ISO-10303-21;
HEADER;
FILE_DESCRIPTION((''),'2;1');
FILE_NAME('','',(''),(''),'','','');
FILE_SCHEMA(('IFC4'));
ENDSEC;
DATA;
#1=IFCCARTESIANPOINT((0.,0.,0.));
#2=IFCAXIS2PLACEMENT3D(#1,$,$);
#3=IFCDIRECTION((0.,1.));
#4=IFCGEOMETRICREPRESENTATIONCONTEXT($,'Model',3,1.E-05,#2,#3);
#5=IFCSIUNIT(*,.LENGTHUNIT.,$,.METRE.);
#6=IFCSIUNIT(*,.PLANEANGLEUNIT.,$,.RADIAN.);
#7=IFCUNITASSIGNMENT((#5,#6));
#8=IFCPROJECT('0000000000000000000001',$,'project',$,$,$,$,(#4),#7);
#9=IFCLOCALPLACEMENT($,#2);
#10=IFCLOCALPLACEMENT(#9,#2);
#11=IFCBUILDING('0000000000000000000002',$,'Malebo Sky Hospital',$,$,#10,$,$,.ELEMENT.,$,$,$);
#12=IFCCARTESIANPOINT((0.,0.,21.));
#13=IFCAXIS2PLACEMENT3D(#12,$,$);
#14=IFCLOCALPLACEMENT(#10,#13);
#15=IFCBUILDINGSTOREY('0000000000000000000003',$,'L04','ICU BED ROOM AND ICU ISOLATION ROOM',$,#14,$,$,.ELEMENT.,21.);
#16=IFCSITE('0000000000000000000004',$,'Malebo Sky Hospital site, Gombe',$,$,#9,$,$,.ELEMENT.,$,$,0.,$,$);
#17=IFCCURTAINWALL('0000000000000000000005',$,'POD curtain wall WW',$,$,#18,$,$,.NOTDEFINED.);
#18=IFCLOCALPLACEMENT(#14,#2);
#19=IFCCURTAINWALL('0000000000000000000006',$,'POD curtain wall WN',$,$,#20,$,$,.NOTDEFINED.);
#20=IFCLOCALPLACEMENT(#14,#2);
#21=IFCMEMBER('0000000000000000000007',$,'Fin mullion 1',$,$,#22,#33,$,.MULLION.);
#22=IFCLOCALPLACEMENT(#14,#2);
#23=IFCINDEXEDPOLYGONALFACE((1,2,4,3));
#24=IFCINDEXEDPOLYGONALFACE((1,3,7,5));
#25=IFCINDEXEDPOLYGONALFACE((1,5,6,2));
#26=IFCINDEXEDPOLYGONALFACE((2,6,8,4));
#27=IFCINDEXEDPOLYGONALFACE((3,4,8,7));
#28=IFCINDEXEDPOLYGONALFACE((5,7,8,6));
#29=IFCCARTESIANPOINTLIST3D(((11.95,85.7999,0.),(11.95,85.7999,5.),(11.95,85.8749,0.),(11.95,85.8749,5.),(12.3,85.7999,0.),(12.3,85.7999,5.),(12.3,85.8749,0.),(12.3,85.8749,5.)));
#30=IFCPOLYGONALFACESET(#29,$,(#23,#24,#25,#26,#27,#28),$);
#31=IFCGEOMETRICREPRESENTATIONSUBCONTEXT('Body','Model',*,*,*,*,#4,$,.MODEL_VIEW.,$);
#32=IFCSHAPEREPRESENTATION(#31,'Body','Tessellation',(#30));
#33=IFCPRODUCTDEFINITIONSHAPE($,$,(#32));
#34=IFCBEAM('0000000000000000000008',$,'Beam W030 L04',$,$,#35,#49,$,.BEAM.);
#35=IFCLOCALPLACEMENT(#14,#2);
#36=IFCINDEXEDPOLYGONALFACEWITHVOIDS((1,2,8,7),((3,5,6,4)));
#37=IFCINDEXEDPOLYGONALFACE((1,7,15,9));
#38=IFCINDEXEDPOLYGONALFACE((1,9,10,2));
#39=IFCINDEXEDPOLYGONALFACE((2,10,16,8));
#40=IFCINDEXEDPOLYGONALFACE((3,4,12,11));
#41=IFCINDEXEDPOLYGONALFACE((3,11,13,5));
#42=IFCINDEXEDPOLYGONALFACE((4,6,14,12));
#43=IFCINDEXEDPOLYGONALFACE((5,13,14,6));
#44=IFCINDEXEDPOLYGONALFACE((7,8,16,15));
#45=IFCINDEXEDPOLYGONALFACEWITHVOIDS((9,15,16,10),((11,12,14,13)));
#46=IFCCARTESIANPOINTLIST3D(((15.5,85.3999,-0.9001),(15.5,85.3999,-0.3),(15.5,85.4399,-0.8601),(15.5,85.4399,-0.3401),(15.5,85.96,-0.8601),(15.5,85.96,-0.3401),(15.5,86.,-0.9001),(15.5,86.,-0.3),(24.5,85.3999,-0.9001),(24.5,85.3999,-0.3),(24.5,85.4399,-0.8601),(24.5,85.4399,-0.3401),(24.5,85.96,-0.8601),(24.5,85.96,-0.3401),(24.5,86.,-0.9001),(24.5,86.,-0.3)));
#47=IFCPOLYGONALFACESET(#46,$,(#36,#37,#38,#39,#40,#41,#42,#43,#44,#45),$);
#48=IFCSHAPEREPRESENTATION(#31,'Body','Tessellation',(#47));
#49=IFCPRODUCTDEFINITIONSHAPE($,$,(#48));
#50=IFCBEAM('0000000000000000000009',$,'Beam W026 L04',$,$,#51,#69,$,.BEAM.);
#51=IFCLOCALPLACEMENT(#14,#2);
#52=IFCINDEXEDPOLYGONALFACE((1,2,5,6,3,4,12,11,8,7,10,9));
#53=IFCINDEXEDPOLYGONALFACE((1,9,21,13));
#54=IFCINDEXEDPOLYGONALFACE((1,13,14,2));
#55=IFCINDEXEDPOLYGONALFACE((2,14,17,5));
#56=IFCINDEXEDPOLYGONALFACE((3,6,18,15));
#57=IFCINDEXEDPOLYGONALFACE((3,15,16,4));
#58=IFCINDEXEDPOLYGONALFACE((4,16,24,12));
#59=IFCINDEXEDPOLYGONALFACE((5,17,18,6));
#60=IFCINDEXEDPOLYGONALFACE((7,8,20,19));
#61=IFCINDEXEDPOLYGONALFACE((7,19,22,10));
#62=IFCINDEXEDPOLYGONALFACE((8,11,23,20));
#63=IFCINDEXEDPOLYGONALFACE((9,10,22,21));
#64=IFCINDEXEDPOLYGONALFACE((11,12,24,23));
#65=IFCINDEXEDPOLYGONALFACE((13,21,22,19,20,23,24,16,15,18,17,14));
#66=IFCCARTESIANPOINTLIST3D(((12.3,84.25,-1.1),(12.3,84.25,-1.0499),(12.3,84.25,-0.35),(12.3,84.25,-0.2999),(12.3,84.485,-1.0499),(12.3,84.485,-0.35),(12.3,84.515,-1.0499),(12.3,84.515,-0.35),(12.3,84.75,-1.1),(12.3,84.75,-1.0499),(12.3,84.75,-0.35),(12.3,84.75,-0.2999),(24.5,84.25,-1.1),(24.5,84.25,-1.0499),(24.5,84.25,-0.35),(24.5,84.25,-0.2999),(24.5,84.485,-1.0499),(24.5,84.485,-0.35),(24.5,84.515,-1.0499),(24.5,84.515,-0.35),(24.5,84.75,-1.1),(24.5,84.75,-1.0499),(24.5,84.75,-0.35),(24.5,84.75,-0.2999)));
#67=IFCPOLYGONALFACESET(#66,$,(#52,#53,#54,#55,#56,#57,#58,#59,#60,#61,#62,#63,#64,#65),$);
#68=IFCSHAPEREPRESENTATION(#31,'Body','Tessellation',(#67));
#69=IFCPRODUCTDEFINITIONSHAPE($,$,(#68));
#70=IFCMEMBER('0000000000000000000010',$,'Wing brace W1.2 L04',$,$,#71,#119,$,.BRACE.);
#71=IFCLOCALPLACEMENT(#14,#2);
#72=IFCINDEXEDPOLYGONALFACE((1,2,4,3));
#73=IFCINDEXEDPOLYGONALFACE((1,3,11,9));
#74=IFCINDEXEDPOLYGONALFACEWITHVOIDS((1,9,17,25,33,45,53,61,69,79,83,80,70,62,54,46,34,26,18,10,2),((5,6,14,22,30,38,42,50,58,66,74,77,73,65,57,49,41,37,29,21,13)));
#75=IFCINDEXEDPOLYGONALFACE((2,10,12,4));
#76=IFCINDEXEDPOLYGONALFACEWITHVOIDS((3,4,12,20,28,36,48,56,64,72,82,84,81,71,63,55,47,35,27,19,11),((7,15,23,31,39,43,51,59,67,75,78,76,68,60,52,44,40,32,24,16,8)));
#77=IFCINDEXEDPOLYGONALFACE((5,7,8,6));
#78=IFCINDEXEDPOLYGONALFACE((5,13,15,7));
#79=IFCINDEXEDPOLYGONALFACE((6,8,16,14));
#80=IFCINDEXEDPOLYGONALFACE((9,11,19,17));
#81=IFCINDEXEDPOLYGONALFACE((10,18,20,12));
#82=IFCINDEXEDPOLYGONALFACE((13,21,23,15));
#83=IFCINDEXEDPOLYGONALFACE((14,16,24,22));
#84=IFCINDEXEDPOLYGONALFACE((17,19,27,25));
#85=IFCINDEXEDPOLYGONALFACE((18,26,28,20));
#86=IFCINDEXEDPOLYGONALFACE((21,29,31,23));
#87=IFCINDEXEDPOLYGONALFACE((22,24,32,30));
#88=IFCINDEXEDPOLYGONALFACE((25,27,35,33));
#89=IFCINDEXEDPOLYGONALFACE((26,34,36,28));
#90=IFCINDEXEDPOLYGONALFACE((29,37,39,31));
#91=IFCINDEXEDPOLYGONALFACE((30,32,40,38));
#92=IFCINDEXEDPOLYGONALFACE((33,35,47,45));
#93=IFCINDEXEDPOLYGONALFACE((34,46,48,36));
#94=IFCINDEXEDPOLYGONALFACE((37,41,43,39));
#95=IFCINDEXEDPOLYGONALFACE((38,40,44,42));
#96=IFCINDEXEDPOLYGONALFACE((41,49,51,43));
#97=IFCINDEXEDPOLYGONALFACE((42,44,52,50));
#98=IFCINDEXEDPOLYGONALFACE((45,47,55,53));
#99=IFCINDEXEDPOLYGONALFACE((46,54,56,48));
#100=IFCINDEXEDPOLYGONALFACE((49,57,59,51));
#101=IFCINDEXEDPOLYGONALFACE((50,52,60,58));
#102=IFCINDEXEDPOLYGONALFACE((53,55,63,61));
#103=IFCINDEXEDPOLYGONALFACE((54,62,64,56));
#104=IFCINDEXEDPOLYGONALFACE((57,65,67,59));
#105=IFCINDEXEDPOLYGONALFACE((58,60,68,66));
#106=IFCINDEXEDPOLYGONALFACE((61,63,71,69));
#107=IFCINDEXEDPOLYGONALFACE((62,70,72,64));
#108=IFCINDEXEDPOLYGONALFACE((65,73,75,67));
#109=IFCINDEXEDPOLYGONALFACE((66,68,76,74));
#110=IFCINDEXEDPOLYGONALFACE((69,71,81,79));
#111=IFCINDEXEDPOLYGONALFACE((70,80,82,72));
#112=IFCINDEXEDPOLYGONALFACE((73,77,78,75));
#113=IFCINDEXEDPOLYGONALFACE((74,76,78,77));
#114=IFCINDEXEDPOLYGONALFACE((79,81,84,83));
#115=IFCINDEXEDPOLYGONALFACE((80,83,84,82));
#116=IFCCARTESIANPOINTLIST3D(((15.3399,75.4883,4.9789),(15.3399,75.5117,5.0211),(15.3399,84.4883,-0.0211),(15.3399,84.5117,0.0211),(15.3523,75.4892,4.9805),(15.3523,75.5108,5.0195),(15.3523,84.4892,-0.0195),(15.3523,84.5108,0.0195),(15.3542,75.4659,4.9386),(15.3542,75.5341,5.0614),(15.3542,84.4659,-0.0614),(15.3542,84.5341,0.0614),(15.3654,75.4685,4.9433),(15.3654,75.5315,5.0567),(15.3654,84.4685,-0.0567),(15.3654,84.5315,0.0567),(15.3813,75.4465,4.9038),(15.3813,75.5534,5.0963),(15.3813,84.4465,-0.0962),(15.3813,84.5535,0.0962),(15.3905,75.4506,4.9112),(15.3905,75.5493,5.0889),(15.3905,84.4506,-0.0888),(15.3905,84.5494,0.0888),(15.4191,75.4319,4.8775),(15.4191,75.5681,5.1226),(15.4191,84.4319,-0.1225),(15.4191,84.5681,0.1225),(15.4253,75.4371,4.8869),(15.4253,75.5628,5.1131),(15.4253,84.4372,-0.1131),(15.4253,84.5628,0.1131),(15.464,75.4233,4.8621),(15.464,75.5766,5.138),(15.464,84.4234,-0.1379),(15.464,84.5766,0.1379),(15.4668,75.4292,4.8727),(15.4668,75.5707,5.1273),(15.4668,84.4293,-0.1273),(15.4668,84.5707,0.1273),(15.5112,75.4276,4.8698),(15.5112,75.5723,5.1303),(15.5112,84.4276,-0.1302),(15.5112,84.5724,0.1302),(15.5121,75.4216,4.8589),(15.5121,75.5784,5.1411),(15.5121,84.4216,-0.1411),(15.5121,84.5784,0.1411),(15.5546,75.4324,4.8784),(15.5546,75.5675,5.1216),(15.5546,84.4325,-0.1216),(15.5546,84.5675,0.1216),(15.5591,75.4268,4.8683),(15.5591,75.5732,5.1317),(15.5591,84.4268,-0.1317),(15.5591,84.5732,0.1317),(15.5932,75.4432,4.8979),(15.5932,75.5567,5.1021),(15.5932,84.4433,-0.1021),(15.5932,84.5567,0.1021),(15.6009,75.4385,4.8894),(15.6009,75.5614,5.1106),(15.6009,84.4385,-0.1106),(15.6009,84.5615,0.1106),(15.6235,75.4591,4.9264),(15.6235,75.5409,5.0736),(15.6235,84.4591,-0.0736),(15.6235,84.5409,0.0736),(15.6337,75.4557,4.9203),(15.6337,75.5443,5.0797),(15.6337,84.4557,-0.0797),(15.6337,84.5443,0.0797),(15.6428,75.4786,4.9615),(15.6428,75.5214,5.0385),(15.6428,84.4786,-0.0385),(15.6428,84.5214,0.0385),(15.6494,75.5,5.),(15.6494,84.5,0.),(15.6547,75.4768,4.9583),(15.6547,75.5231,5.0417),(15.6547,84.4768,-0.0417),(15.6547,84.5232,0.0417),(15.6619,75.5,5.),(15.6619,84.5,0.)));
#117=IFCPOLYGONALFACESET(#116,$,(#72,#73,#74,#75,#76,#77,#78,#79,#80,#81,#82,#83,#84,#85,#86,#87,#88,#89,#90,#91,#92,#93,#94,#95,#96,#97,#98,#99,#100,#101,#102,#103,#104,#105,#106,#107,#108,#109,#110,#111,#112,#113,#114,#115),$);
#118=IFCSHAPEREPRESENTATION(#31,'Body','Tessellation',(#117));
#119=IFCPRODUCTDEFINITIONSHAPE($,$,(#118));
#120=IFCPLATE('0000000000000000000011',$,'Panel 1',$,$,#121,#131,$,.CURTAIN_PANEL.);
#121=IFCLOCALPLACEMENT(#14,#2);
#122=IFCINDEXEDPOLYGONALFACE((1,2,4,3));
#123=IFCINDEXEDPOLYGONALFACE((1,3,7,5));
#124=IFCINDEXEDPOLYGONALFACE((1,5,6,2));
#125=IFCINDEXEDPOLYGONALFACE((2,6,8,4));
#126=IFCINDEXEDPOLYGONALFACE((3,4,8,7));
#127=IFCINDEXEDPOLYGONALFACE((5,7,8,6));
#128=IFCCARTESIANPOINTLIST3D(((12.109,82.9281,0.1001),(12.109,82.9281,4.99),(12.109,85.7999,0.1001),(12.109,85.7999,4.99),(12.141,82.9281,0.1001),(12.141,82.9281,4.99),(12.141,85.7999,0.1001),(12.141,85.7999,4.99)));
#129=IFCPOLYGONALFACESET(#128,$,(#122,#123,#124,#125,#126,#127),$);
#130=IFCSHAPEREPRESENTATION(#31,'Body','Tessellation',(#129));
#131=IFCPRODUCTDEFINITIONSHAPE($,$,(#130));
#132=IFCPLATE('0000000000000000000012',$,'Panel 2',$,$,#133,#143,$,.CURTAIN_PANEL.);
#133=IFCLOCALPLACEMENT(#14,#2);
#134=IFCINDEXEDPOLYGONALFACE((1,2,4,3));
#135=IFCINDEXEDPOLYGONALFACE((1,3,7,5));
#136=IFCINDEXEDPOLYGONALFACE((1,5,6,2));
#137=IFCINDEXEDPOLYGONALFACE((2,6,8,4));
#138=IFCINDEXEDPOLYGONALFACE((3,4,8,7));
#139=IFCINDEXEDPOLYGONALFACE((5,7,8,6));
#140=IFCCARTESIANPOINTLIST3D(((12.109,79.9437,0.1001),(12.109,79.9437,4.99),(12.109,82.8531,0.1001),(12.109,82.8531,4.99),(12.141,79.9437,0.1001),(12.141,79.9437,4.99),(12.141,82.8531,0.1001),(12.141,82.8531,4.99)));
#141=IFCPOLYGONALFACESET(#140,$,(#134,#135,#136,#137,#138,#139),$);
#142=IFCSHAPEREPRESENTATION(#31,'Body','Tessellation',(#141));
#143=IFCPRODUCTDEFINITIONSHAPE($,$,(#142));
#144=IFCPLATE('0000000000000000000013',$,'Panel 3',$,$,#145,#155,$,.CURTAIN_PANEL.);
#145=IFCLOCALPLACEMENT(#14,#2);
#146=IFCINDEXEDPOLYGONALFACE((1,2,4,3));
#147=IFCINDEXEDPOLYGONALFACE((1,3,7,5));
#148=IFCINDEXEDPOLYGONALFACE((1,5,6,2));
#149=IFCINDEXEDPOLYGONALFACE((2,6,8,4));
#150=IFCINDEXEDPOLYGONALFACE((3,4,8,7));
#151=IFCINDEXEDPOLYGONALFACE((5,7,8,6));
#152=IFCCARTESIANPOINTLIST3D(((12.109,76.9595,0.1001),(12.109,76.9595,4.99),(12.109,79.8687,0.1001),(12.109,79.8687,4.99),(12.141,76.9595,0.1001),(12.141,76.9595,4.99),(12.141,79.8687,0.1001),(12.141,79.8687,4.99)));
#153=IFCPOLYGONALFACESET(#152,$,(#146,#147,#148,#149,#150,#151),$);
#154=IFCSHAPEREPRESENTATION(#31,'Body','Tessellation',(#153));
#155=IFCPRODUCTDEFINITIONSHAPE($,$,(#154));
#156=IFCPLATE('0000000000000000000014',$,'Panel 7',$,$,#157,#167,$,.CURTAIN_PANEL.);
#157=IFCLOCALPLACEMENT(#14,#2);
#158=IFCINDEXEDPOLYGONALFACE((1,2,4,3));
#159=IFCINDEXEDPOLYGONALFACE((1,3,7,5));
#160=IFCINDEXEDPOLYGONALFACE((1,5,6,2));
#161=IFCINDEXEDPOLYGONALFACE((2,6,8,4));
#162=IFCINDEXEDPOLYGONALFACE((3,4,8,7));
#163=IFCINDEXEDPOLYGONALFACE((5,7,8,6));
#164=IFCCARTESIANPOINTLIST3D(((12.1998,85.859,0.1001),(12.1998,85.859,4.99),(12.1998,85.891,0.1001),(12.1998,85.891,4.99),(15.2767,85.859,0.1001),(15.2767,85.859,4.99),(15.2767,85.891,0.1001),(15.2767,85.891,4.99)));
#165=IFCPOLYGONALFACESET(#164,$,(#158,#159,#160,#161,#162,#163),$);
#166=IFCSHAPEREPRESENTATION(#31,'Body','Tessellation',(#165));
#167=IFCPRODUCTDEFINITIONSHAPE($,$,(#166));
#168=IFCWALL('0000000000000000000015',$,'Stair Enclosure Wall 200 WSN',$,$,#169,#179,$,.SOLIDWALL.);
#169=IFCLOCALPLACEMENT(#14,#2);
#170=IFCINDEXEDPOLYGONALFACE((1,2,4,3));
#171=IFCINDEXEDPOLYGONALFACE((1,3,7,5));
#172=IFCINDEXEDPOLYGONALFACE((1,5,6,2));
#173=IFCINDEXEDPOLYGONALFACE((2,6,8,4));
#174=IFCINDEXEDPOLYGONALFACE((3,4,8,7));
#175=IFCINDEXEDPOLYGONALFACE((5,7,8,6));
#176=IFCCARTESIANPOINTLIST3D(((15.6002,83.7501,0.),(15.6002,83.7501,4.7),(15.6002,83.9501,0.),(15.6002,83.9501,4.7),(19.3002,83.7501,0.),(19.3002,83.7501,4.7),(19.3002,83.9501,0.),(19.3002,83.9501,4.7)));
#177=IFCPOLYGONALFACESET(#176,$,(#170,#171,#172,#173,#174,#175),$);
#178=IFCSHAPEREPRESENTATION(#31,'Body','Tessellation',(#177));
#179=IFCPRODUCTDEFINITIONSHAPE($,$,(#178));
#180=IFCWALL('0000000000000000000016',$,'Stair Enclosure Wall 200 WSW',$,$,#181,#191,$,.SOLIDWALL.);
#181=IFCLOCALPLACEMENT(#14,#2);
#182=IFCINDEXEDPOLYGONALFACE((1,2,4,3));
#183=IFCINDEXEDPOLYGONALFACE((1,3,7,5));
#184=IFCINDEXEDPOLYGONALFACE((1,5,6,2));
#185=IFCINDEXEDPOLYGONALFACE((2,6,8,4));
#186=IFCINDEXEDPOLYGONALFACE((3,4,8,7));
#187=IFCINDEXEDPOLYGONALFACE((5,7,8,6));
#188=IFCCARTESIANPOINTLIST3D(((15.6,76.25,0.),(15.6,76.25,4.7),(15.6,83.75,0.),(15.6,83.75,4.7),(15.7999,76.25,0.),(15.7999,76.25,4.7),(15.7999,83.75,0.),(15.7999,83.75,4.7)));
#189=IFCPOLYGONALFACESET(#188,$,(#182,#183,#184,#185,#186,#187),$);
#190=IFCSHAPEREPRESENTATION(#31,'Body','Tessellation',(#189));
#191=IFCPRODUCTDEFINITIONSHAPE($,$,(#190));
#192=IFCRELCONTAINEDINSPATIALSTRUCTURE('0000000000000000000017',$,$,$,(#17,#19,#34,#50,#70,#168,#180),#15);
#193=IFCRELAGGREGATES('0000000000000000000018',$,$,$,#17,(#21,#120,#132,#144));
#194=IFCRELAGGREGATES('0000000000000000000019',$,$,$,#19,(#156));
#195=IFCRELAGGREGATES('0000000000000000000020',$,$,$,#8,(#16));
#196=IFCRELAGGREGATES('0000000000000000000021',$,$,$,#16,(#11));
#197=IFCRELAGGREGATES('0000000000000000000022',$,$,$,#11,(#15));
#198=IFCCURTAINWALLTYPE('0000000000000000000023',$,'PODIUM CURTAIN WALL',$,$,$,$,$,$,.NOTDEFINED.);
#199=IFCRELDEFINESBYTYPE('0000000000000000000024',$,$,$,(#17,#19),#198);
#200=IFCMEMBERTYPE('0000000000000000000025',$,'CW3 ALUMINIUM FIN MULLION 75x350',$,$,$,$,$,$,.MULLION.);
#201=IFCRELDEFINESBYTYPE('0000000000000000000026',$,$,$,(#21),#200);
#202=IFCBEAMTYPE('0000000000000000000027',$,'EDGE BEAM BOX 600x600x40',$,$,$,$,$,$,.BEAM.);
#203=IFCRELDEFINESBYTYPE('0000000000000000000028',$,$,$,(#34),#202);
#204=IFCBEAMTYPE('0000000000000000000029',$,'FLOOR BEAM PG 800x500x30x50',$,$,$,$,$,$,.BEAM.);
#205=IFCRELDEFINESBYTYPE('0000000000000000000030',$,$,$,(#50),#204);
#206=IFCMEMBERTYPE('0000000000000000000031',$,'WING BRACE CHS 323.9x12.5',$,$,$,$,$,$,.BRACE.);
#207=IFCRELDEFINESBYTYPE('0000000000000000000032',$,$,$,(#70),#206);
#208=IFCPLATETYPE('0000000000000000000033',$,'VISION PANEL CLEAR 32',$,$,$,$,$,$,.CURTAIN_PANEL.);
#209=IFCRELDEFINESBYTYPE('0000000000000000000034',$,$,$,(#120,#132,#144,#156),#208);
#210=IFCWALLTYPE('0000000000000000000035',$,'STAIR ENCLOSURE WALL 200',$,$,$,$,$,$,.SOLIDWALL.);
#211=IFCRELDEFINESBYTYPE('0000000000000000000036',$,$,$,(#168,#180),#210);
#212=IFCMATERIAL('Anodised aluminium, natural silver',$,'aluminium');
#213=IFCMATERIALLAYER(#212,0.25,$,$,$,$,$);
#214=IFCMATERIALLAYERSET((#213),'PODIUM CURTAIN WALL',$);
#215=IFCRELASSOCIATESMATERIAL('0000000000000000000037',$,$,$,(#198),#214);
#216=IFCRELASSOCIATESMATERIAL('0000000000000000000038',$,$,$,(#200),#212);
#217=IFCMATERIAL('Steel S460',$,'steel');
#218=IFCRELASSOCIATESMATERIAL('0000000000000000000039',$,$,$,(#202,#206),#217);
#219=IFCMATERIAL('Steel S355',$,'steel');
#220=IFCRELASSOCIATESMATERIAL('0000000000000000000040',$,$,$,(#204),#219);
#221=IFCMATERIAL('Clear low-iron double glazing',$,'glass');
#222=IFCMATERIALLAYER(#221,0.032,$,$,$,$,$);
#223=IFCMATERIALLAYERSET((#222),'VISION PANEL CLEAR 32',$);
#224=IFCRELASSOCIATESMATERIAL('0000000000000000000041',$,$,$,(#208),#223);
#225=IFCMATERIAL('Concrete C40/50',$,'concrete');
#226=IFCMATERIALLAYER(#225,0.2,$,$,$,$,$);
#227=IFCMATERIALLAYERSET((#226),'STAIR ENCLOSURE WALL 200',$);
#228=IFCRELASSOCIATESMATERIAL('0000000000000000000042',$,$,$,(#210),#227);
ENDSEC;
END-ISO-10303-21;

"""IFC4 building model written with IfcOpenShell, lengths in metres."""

from ifc_helpers import new_model, si_unit, direction, frame, frame_2d, origin, origin_2d, place, context, subcontext, project, spatial, rectangle, hollow_rectangle, hollow_circle, i_section, extrude, material, layer, layer_set, material_profile, profile_set, type_object, element, aggregate, save


model = new_model("IFC4")

# Units and contexts
model_context = context("Model", 3, precision=1e-05, world=origin(), true_north=direction((0.0, 1.0)))
body_context = subcontext(model_context, "Body", "Model", "MODEL_VIEW")
ifc_project = project(units=[si_unit("LENGTHUNIT", "METRE"), si_unit("PLANEANGLEUNIT", "RADIAN")], contexts=[model_context])

# Site, building, storey
site_placement = place(None, origin())
site = spatial("IfcSite", under=ifc_project, at=site_placement, Name="Malebo Sky Hospital site, Gombe", CompositionType="ELEMENT", RefElevation=0.0)
building_placement = place(site_placement, origin())
building = spatial("IfcBuilding", under=site, at=building_placement, Name="Malebo Sky Hospital", CompositionType="ELEMENT")
storey_placement = place(building_placement, frame((0.0, 0.0, 21.0)))
storey = spatial("IfcBuildingStorey", under=building, at=storey_placement, Name="L04", Description="ICU BED ROOM AND ICU ISOLATION ROOM", CompositionType="ELEMENT", Elevation=21.0)

# Shared definitions
ifc_material_1 = material(Name="Steel S355", Category="steel")

# Curtain wall
ifc_material_2 = material(Name="Anodised aluminium, natural silver", Category="aluminium")
ifc_layer_1 = layer(ifc_material_2, 0.25)
ifc_layer_set_1 = layer_set([ifc_layer_1], Name="PODIUM CURTAIN WALL")
curtain_wall_type = type_object("IfcCurtainWallType", Name="PODIUM CURTAIN WALL", PredefinedType="NOTDEFINED", material=ifc_layer_set_1)
curtain_wall_1_placement = place(storey_placement, origin())
curtain_wall_1 = element("IfcCurtainWall", 1, at=curtain_wall_1_placement, inside=storey, type_object=curtain_wall_type, Name="POD curtain wall WW", PredefinedType="NOTDEFINED")

# Curtain wall
curtain_wall_2_placement = place(storey_placement, origin())
curtain_wall_2 = element("IfcCurtainWall", 2, at=curtain_wall_2_placement, inside=storey, type_object=curtain_wall_type, Name="POD curtain wall WN", PredefinedType="NOTDEFINED")

# Member
ifc_material_profile_1 = material_profile(ifc_material_2, rectangle(XDim=0.075, YDim=0.3501, at=origin_2d()), Name="CW3 ALUMINIUM FIN MULLION 75x350")
ifc_profile_set_1 = profile_set([ifc_material_profile_1], Name="Anodised aluminium, natural silver")
member_type_1 = type_object("IfcMemberType", Name="CW3 ALUMINIUM FIN MULLION 75x350", PredefinedType="MULLION", material=ifc_profile_set_1)
member_1_placement = place(storey_placement, frame((12.125, 85.8374, 0.0), z_axis=(0.0, 0.0, 1.0), x_axis=(0.0, -1.0, 0.0)))
member_1 = element("IfcMember", 3, at=member_1_placement, type_object=member_type_1, Name="Fin mullion 1", PredefinedType="MULLION", context=body_context, shape_type="SweptSolid", body=[
    extrude(rectangle(XDim=0.075, YDim=0.3501, at=origin_2d()), origin(), (0.0, 0.0, 1.0), 5.0),
])

# Beams
ifc_material_3 = material(Name="Steel S460", Category="steel")
ifc_material_profile_2 = material_profile(ifc_material_3, hollow_rectangle(XDim=0.6001, YDim=0.6001, WallThickness=0.04, at=origin_2d()), Name="BOX 600x600x40")
ifc_profile_set_2 = profile_set([ifc_material_profile_2], Name="Steel S460")
beam_type_1 = type_object("IfcBeamType", Name="EDGE BEAM BOX 600x600x40", PredefinedType="BEAM", material=ifc_profile_set_2)
beam_1_placement = place(storey_placement, frame((15.5, 85.7, -0.6001), z_axis=(1.0, 0.0, 0.0), x_axis=(0.0, 1.0, 0.0)))
element("IfcBeam", 4, at=beam_1_placement, inside=storey, type_object=beam_type_1, Name="Beam W030 L04", PredefinedType="BEAM", context=body_context, shape_type="SweptSolid", body=[
    extrude(hollow_rectangle(XDim=0.6001, YDim=0.6001, WallThickness=0.04, at=origin_2d()), origin(), (0.0, 0.0, 1.0), 9.0),
])
ifc_material_profile_3 = material_profile(ifc_material_1, i_section(OverallWidth=0.5, OverallDepth=0.8, WebThickness=0.03, FlangeThickness=0.05, at=origin_2d()), Name="PG 800x500x30x50")
ifc_profile_set_3 = profile_set([ifc_material_profile_3], Name="Steel S355")
beam_type_2 = type_object("IfcBeamType", Name="FLOOR BEAM PG 800x500x30x50", PredefinedType="BEAM", material=ifc_profile_set_3)
beam_2_placement = place(storey_placement, frame((12.3, 84.5, -0.7), z_axis=(1.0, 0.0, 0.0), x_axis=(0.0, 1.0, 0.0)))
element("IfcBeam", 5, at=beam_2_placement, inside=storey, type_object=beam_type_2, Name="Beam W026 L04", PredefinedType="BEAM", context=body_context, shape_type="SweptSolid", body=[
    extrude(i_section(OverallWidth=0.5, OverallDepth=0.8, WebThickness=0.03, FlangeThickness=0.05, at=origin_2d()), origin(), (0.0, 0.0, 1.0), 12.2),
])

# Member
ifc_material_profile_4 = material_profile(ifc_material_3, hollow_circle(Radius=0.1619, WallThickness=0.0125, at=origin_2d()), Name="CHS 323.9x12.5")
ifc_profile_set_4 = profile_set([ifc_material_profile_4], Name="Steel S460")
member_type_2 = type_object("IfcMemberType", Name="WING BRACE CHS 323.9x12.5", PredefinedType="BRACE", material=ifc_profile_set_4)
member_2_placement = place(storey_placement, frame((15.5, 84.5, 0.0), z_axis=(0.0, -0.874157, 0.485643), x_axis=(1.0, 0.0, 0.0)))
element("IfcMember", 6, at=member_2_placement, inside=storey, type_object=member_type_2, Name="Wing brace W1.2 L04", PredefinedType="BRACE", context=body_context, shape_type="SweptSolid", body=[
    extrude(hollow_circle(Radius=0.1619, WallThickness=0.0125, at=origin_2d()), origin(), (0.0, 0.0, 1.0), 10.2957),
])

# Plates
ifc_material_4 = material(Name="Clear low-iron double glazing", Category="glass")
ifc_layer_2 = layer(ifc_material_4, 0.032)
ifc_layer_set_2 = layer_set([ifc_layer_2], Name="VISION PANEL CLEAR 32")
plate_type = type_object("IfcPlateType", Name="VISION PANEL CLEAR 32", PredefinedType="CURTAIN_PANEL", material=ifc_layer_set_2)
plate_1_placement = place(storey_placement, frame((12.125, 84.364, 0.1001), z_axis=(0.0, 0.0, 1.0), x_axis=(0.0, -1.0, 0.0)))
plate_1 = element("IfcPlate", 7, at=plate_1_placement, type_object=plate_type, Name="Panel 1", PredefinedType="CURTAIN_PANEL", context=body_context, shape_type="SweptSolid", body=[
    extrude(rectangle(XDim=2.8718, YDim=0.032, at=origin_2d()), origin(), (0.0, 0.0, 1.0), 4.8899),
])
plate_2_placement = place(storey_placement, frame((12.125, 81.3984, 0.1001), z_axis=(0.0, 0.0, 1.0), x_axis=(0.0, -1.0, 0.0)))
plate_2 = element("IfcPlate", 8, at=plate_2_placement, type_object=plate_type, Name="Panel 2", PredefinedType="CURTAIN_PANEL", context=body_context, shape_type="SweptSolid", body=[
    extrude(rectangle(XDim=2.9094, YDim=0.032, at=origin_2d()), origin(), (0.0, 0.0, 1.0), 4.8899),
])
plate_3_placement = place(storey_placement, frame((12.125, 78.4141, 0.1001), z_axis=(0.0, 0.0, 1.0), x_axis=(0.0, -1.0, 0.0)))
plate_3 = element("IfcPlate", 9, at=plate_3_placement, type_object=plate_type, Name="Panel 3", PredefinedType="CURTAIN_PANEL", context=body_context, shape_type="SweptSolid", body=[
    extrude(rectangle(XDim=2.9092, YDim=0.032, at=origin_2d()), origin(), (0.0, 0.0, 1.0), 4.8899),
])
aggregate(curtain_wall_1, [member_1, plate_1, plate_2, plate_3])
plate_4_placement = place(storey_placement, frame((13.7383, 85.875, 0.1001), z_axis=(0.0, 0.0, 1.0), x_axis=(-1.0, 0.0, 0.0)))
plate_4 = element("IfcPlate", 10, at=plate_4_placement, type_object=plate_type, Name="Panel 7", PredefinedType="CURTAIN_PANEL", context=body_context, shape_type="SweptSolid", body=[
    extrude(rectangle(XDim=3.0769, YDim=0.032, at=origin_2d()), origin(), (0.0, 0.0, 1.0), 4.8899),
])
aggregate(curtain_wall_2, [plate_4])

# Walls
ifc_material_5 = material(Name="Concrete C40/50", Category="concrete")
ifc_layer_3 = layer(ifc_material_5, 0.2)
ifc_layer_set_3 = layer_set([ifc_layer_3], Name="STAIR ENCLOSURE WALL 200")
wall_type = type_object("IfcWallType", Name="STAIR ENCLOSURE WALL 200", PredefinedType="SOLIDWALL", material=ifc_layer_set_3)
wall_1_placement = place(storey_placement, frame((15.6001, 83.8501, 0.0), z_axis=(0.0, 0.0, 1.0), x_axis=(1.0, 0.0, 0.0)))
element("IfcWall", 11, at=wall_1_placement, inside=storey, type_object=wall_type, Name="Stair Enclosure Wall 200 WSN", PredefinedType="SOLIDWALL", context=body_context, shape_type="SweptSolid", body=[
    extrude(rectangle(XDim=3.7, YDim=0.2, at=frame_2d((1.8501, 0.0))), origin(), (0.0, 0.0, 1.0), 4.7),
])
wall_2_placement = place(storey_placement, frame((15.7, 76.25, 0.0), z_axis=(0.0, 0.0, 1.0), x_axis=(0.0, 1.0, 0.0)))
element("IfcWall", 12, at=wall_2_placement, inside=storey, type_object=wall_type, Name="Stair Enclosure Wall 200 WSW", PredefinedType="SOLIDWALL", context=body_context, shape_type="SweptSolid", body=[
    extrude(rectangle(XDim=7.5, YDim=0.2, at=frame_2d((3.75, 0.0))), origin(), (0.0, 0.0, 1.0), 4.7),
])

save(model, "model.ifc")
